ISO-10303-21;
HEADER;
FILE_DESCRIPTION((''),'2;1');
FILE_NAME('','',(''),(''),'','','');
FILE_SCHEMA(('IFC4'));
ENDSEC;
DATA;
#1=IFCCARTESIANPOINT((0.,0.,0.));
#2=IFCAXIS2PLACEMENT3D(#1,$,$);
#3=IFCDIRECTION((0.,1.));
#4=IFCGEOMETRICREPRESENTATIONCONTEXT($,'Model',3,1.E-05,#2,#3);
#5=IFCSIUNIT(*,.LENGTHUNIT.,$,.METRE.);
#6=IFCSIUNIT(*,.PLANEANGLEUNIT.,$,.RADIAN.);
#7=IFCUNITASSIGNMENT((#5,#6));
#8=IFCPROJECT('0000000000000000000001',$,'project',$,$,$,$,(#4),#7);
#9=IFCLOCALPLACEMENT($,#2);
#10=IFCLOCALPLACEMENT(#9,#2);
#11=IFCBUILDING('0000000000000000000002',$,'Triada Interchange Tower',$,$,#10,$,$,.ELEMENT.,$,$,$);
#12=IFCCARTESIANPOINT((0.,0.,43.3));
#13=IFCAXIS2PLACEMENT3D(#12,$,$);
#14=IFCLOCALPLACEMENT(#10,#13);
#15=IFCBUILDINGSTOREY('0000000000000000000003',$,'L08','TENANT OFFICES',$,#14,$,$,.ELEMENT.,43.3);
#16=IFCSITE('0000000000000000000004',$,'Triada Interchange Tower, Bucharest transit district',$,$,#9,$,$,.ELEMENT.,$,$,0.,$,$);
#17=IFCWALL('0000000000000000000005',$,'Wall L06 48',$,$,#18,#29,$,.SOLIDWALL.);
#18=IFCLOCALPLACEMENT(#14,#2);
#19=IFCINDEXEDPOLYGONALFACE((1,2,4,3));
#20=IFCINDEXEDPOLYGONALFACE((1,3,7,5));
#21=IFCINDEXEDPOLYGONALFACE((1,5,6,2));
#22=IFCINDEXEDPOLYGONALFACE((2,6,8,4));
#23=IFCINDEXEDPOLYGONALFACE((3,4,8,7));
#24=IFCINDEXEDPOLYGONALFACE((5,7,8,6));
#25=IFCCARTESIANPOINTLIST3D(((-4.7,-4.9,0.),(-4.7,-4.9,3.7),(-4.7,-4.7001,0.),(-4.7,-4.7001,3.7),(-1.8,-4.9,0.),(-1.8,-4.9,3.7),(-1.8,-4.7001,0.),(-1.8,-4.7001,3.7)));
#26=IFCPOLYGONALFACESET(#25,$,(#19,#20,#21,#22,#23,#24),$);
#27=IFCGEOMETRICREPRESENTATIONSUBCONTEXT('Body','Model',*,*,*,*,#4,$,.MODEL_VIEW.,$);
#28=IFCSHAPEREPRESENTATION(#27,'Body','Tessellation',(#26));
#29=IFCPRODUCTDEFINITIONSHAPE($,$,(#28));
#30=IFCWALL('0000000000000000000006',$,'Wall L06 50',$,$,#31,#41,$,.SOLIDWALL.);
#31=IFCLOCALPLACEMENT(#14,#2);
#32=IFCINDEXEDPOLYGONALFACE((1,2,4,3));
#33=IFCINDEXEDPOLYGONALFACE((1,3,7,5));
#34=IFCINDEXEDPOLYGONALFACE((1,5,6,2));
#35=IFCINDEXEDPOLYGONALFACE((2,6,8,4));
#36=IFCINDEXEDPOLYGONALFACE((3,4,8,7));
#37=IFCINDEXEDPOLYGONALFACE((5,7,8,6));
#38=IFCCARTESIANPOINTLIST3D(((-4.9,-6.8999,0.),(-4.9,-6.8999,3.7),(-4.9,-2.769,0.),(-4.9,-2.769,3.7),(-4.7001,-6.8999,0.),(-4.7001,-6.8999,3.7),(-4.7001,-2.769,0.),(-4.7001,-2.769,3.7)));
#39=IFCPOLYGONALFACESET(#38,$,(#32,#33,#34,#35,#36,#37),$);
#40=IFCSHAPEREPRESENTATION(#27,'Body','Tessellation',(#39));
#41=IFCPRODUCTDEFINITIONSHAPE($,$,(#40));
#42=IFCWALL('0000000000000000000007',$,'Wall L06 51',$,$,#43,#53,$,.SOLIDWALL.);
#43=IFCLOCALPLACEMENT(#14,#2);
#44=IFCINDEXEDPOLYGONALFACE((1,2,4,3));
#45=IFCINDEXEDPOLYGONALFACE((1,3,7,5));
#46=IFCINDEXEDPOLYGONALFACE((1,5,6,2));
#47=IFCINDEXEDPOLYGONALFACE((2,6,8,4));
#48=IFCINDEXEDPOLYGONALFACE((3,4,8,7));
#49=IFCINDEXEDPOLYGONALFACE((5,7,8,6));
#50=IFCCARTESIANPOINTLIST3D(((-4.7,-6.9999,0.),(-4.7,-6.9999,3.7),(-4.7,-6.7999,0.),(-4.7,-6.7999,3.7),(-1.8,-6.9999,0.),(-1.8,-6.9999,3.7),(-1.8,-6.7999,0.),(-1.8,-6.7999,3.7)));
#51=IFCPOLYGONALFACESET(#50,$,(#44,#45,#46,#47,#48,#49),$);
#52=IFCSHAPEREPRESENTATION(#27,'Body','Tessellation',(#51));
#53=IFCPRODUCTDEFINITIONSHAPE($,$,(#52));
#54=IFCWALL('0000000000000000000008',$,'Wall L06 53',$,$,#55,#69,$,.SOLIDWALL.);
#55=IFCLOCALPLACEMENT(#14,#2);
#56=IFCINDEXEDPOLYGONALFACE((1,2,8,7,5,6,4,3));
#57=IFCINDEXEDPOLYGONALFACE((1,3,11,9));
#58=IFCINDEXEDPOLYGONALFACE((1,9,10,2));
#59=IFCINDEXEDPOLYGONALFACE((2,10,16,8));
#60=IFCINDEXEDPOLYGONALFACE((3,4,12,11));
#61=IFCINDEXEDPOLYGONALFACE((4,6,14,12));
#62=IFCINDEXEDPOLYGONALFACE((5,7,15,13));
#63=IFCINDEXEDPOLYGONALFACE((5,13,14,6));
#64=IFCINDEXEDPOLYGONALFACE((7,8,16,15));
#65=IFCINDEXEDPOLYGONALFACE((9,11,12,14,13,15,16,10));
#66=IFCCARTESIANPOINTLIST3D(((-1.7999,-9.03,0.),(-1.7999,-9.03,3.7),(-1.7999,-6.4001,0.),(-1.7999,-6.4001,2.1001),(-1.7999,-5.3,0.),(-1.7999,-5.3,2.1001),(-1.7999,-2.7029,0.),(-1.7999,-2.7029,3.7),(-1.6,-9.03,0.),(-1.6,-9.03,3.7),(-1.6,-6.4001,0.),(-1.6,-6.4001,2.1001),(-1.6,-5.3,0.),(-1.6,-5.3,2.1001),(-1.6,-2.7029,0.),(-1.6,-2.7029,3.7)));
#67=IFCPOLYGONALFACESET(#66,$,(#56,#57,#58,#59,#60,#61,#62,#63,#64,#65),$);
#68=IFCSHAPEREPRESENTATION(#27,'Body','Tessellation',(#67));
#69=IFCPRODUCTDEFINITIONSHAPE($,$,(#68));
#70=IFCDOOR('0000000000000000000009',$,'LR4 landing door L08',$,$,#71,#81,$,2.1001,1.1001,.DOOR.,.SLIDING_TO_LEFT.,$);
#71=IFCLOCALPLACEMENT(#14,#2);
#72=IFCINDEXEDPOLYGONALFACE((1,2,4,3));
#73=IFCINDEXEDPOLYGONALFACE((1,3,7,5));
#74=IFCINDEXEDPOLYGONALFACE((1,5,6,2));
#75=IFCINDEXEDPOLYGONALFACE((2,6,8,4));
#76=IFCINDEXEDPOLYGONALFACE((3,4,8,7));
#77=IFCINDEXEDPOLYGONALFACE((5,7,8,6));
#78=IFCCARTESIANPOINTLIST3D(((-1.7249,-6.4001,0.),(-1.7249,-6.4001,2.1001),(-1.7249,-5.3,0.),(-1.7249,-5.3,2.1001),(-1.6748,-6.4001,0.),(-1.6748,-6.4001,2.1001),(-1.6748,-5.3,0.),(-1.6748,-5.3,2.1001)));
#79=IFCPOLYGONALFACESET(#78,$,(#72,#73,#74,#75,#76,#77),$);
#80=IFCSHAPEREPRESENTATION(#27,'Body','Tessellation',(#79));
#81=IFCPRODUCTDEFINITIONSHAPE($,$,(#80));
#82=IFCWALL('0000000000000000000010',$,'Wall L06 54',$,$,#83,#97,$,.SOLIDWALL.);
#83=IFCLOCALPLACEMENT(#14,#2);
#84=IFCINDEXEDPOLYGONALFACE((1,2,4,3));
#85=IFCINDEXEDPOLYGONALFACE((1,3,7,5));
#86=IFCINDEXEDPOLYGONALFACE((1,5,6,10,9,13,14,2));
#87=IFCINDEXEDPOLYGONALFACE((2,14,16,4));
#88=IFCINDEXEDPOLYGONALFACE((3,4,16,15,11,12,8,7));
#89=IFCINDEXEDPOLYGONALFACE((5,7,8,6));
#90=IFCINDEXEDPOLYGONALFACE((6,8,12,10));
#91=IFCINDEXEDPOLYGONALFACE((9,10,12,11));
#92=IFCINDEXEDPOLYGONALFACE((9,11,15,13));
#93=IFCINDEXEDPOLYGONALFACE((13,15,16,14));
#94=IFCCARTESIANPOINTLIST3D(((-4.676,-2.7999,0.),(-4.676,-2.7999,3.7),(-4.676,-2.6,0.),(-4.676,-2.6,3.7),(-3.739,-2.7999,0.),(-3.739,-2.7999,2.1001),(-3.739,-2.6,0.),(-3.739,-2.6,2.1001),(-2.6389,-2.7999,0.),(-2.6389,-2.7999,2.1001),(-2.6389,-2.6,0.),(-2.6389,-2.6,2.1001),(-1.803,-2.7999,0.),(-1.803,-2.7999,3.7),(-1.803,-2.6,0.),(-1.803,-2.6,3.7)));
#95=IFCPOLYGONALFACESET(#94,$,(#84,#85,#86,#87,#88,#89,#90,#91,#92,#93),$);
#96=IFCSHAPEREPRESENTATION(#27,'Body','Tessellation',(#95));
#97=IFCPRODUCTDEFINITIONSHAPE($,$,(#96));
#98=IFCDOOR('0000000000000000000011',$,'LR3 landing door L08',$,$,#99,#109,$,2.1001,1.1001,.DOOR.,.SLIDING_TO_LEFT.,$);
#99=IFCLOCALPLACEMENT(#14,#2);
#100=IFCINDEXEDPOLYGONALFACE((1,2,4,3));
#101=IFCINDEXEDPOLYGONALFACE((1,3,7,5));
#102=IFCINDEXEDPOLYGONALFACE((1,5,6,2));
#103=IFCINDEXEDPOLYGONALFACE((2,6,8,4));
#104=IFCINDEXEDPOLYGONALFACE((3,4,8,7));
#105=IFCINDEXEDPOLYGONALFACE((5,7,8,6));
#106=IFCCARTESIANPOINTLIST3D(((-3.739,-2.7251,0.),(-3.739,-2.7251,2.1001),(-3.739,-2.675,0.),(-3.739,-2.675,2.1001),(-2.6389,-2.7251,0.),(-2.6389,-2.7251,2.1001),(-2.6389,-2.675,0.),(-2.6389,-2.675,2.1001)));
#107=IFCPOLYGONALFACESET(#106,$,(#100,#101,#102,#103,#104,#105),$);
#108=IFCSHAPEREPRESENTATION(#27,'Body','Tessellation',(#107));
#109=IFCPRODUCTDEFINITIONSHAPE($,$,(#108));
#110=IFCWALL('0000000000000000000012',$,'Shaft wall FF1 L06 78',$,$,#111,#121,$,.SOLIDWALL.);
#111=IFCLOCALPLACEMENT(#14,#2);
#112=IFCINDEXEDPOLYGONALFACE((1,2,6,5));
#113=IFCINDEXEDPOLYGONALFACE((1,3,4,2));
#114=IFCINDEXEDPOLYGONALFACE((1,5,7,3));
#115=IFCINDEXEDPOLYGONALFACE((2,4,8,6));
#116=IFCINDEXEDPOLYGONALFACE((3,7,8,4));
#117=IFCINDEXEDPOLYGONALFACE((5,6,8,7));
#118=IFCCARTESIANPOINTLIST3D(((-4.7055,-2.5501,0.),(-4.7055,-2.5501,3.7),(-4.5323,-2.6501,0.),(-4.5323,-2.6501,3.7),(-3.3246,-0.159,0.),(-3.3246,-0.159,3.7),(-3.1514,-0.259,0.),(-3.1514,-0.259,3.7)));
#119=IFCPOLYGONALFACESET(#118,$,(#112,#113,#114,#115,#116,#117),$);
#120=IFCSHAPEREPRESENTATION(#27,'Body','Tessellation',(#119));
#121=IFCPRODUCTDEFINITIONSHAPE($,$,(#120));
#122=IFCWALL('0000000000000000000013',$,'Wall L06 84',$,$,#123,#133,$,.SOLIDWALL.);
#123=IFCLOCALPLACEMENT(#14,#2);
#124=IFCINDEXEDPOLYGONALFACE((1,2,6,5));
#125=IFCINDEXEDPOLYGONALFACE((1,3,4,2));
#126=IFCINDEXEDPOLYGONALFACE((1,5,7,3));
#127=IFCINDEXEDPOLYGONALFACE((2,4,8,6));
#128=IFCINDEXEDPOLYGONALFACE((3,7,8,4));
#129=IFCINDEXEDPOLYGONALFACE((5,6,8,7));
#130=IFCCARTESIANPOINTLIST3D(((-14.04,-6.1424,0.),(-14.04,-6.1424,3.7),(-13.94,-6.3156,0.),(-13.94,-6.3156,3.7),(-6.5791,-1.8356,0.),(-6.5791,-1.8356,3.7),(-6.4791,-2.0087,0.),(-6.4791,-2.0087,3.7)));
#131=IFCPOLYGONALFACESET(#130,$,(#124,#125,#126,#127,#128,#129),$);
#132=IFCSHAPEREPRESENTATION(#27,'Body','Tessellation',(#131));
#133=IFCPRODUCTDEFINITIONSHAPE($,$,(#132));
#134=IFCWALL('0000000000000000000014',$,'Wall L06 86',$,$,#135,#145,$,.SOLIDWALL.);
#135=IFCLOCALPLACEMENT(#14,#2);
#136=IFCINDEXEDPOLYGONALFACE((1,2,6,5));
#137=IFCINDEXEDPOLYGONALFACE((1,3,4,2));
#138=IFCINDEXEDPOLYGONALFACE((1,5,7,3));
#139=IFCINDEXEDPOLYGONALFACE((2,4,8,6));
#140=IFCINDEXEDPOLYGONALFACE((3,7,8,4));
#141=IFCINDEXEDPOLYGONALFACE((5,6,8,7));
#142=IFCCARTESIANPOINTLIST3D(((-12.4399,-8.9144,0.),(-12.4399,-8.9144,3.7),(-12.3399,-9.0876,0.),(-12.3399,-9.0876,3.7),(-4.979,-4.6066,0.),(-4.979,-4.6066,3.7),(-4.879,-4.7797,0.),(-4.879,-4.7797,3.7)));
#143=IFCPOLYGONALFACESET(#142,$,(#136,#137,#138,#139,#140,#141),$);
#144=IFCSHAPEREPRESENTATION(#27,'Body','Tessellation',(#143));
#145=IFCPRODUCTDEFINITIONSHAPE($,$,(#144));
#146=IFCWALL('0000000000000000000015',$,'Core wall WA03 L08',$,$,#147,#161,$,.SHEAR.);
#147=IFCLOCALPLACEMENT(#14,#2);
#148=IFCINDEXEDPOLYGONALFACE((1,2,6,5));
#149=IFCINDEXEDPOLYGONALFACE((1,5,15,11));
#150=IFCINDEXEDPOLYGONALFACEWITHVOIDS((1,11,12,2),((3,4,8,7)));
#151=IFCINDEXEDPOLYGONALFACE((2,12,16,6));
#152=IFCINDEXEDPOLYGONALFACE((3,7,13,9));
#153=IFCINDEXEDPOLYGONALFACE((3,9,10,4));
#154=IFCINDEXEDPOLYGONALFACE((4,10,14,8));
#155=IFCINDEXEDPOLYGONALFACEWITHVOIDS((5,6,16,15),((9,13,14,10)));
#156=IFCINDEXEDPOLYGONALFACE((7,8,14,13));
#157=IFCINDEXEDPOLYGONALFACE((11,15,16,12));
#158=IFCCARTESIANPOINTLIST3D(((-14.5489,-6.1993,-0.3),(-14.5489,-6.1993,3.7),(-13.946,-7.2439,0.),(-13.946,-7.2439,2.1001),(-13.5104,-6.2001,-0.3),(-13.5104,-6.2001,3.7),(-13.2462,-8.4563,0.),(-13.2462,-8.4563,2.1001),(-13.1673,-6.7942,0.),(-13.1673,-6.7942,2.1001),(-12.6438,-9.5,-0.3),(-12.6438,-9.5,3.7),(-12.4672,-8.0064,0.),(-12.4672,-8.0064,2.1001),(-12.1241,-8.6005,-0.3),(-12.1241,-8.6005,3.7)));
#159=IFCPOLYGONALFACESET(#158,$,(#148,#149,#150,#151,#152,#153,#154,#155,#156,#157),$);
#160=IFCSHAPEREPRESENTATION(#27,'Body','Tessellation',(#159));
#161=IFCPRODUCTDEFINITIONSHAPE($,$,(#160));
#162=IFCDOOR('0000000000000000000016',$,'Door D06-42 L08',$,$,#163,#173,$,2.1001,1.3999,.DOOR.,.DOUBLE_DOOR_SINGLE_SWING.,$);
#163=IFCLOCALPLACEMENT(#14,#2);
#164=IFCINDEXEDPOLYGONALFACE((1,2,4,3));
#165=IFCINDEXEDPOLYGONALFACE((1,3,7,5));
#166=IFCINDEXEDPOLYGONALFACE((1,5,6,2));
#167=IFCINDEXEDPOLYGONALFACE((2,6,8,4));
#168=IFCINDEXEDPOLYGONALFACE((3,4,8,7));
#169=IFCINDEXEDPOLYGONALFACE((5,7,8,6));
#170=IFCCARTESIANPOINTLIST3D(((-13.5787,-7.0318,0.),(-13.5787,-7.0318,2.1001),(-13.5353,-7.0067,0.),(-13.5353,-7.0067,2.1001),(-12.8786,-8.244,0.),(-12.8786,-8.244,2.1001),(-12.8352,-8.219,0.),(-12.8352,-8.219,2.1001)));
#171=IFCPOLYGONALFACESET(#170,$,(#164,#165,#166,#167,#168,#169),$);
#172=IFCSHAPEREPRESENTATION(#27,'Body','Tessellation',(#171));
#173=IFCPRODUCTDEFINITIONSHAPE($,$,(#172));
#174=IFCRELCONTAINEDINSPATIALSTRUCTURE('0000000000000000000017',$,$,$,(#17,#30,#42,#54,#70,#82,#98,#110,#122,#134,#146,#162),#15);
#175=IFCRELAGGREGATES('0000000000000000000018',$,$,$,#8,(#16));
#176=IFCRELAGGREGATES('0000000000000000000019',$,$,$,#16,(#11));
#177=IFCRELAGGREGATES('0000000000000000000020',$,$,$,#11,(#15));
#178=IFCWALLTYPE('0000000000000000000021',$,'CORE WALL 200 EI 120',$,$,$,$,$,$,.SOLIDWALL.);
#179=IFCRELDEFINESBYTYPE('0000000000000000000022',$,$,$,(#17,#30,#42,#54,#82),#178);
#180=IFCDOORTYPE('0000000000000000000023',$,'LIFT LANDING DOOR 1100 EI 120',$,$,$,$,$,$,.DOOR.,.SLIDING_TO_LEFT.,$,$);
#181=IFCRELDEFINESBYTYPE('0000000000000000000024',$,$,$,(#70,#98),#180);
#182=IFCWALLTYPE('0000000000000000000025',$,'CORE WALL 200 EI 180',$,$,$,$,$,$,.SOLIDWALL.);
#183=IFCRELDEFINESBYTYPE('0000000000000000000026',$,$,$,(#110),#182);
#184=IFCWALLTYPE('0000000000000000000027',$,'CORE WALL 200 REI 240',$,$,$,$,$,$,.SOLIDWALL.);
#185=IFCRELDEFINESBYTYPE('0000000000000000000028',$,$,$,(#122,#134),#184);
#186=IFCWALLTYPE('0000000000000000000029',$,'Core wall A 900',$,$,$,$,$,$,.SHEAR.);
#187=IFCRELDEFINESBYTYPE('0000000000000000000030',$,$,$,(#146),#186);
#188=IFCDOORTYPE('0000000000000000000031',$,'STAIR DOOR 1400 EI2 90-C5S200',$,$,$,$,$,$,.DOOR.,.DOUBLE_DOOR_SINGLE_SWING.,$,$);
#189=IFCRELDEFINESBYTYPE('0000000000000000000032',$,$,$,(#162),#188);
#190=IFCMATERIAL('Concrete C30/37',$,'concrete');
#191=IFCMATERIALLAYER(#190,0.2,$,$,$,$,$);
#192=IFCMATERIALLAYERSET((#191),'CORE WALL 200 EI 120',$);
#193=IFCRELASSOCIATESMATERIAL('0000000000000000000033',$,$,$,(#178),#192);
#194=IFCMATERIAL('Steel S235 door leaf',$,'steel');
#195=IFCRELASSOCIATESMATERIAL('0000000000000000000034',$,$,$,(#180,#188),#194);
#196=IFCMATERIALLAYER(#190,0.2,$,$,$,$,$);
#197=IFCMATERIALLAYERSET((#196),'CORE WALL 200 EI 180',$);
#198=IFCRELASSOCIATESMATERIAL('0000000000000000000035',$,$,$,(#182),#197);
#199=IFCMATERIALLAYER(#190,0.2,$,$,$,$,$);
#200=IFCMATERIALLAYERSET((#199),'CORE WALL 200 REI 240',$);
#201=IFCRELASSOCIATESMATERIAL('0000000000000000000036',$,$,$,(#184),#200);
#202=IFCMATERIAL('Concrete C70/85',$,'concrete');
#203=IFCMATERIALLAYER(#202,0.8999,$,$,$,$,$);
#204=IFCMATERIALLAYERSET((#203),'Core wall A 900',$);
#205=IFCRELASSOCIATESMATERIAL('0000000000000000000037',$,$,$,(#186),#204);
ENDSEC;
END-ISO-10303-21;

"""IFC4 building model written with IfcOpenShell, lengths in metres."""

from ifc_helpers import new_model, si_unit, direction, frame, frame_2d, origin, place, context, subcontext, project, spatial, polyline, rectangle, outline, extrude, material, layer, layer_set, type_object, element, fill, save


model = new_model("IFC4")

# Units and contexts
model_context = context("Model", 3, precision=1e-05, world=origin(), true_north=direction((0.0, 1.0)))
body_context = subcontext(model_context, "Body", "Model", "MODEL_VIEW")
ifc_project = project(units=[si_unit("LENGTHUNIT", "METRE"), si_unit("PLANEANGLEUNIT", "RADIAN")], contexts=[model_context])

# Site, building, storey
site_placement = place(None, origin())
site = spatial("IfcSite", under=ifc_project, at=site_placement, Name="Triada Interchange Tower, Bucharest transit district", CompositionType="ELEMENT", RefElevation=0.0)
building_placement = place(site_placement, origin())
building = spatial("IfcBuilding", under=site, at=building_placement, Name="Triada Interchange Tower", CompositionType="ELEMENT")
storey_placement = place(building_placement, frame((0.0, 0.0, 43.3)))
storey = spatial("IfcBuildingStorey", under=building, at=storey_placement, Name="L08", Description="TENANT OFFICES", CompositionType="ELEMENT", Elevation=43.3)

# Walls
ifc_material_1 = material(Name="Concrete C30/37", Category="concrete")
ifc_layer_1 = layer(ifc_material_1, 0.2)
ifc_layer_set_1 = layer_set([ifc_layer_1], Name="CORE WALL 200 EI 120")
wall_type_1 = type_object("IfcWallType", Name="CORE WALL 200 EI 120", PredefinedType="SOLIDWALL", material=ifc_layer_set_1)
wall_1_placement = place(storey_placement, frame((-4.7, -4.8, 0.0), z_axis=(0.0, 0.0, 1.0), x_axis=(1.0, 0.0, 0.0)))
element("IfcWall", 1, at=wall_1_placement, inside=storey, type_object=wall_type_1, Name="Wall L06 48", PredefinedType="SOLIDWALL", context=body_context, shape_type="SweptSolid", body=[
    extrude(rectangle(XDim=2.8999, YDim=0.2, at=frame_2d((1.45, 0.0))), origin(), (0.0, 0.0, 1.0), 3.7),
])
wall_2_placement = place(storey_placement, frame((-4.8, -6.8999, 0.0), z_axis=(0.0, 0.0, 1.0), x_axis=(0.0, 1.0, 0.0)))
element("IfcWall", 2, at=wall_2_placement, inside=storey, type_object=wall_type_1, Name="Wall L06 50", PredefinedType="SOLIDWALL", context=body_context, shape_type="SweptSolid", body=[
    extrude(rectangle(XDim=4.1309, YDim=0.2, at=frame_2d((2.0654, 0.0))), origin(), (0.0, 0.0, 1.0), 3.7),
])
wall_3_placement = place(storey_placement, frame((-4.7, -6.8999, 0.0), z_axis=(0.0, 0.0, 1.0), x_axis=(1.0, 0.0, 0.0)))
element("IfcWall", 3, at=wall_3_placement, inside=storey, type_object=wall_type_1, Name="Wall L06 51", PredefinedType="SOLIDWALL", context=body_context, shape_type="SweptSolid", body=[
    extrude(rectangle(XDim=2.8999, YDim=0.2, at=frame_2d((1.45, 0.0))), origin(), (0.0, 0.0, 1.0), 3.7),
])

# Walls, openings, doors
wall_4_placement = place(storey_placement, frame((-1.7, -9.03, 0.0), z_axis=(0.0, 0.0, 1.0), x_axis=(0.0, 1.0, 0.0)))
wall_4 = element("IfcWall", 4, at=wall_4_placement, inside=storey, type_object=wall_type_1, Name="Wall L06 53", PredefinedType="SOLIDWALL", context=body_context, shape_type="SweptSolid", body=[
    extrude(rectangle(XDim=6.3271, YDim=0.2, at=frame_2d((3.1636, 0.0))), origin(), (0.0, 0.0, 1.0), 3.7),
])
opening_1_placement = place(wall_4_placement, frame((2.6299, 0.0, 0.0)))
opening_1 = element("IfcOpeningElement", 5, at=opening_1_placement, cuts=wall_4, PredefinedType="OPENING", context=body_context, shape_type="SweptSolid", body=[
    extrude(rectangle(XDim=1.1001, YDim=2.1001, at=frame_2d((0.55, 1.05))), frame((0.0, 0.1099, 0.0), z_axis=(0.0, -1.0, 0.0), x_axis=(1.0, 0.0, 0.0)), (0.0, 0.0, 1.0), 0.22),
])
ifc_material_2 = material(Name="Steel S235 door leaf", Category="steel")
door_type_1 = type_object("IfcDoorType", Name="LIFT LANDING DOOR 1100 EI 120", OperationType="SLIDING_TO_LEFT", PredefinedType="DOOR", material=ifc_material_2)
door_1_placement = place(opening_1_placement, origin())
door_1 = element("IfcDoor", 6, at=door_1_placement, inside=storey, type_object=door_type_1, Name="LR4 landing door L08", OperationType="SLIDING_TO_LEFT", OverallHeight=2.1001, OverallWidth=1.1001, PredefinedType="DOOR", context=body_context, shape_type="SweptSolid", body=[
    extrude(rectangle(XDim=1.1001, YDim=2.1001, at=frame_2d((0.55, 1.05))), frame((0.0, 0.0249, 0.0), z_axis=(0.0, -1.0, 0.0), x_axis=(1.0, 0.0, 0.0)), (0.0, 0.0, 1.0), 0.05),
])
fill(opening_1, door_1)
wall_5_placement = place(storey_placement, frame((-4.676, -2.7, 0.0), z_axis=(0.0, 0.0, 1.0), x_axis=(1.0, 0.0, 0.0)))
wall_5 = element("IfcWall", 7, at=wall_5_placement, inside=storey, type_object=wall_type_1, Name="Wall L06 54", PredefinedType="SOLIDWALL", context=body_context, shape_type="SweptSolid", body=[
    extrude(rectangle(XDim=2.873, YDim=0.2, at=frame_2d((1.4365, 0.0))), origin(), (0.0, 0.0, 1.0), 3.7),
])
opening_2_placement = place(wall_5_placement, frame((0.937, 0.0, 0.0)))
opening_2 = element("IfcOpeningElement", 8, at=opening_2_placement, cuts=wall_5, PredefinedType="OPENING", context=body_context, shape_type="SweptSolid", body=[
    extrude(rectangle(XDim=1.1001, YDim=2.1001, at=frame_2d((0.55, 1.05))), frame((0.0, 0.1099, 0.0), z_axis=(0.0, -1.0, 0.0), x_axis=(1.0, 0.0, 0.0)), (0.0, 0.0, 1.0), 0.22),
])
door_2_placement = place(opening_2_placement, origin())
door_2 = element("IfcDoor", 9, at=door_2_placement, inside=storey, type_object=door_type_1, Name="LR3 landing door L08", OperationType="SLIDING_TO_LEFT", OverallHeight=2.1001, OverallWidth=1.1001, PredefinedType="DOOR", context=body_context, shape_type="SweptSolid", body=[
    extrude(rectangle(XDim=1.1001, YDim=2.1001, at=frame_2d((0.55, 1.05))), frame((0.0, 0.0249, 0.0), z_axis=(0.0, -1.0, 0.0), x_axis=(1.0, 0.0, 0.0)), (0.0, 0.0, 1.0), 0.05),
])
fill(opening_2, door_2)

# Walls
ifc_layer_2 = layer(ifc_material_1, 0.2)
ifc_layer_set_2 = layer_set([ifc_layer_2], Name="CORE WALL 200 EI 180")
wall_type_2 = type_object("IfcWallType", Name="CORE WALL 200 EI 180", PredefinedType="SOLIDWALL", material=ifc_layer_set_2)
wall_6_placement = place(storey_placement, frame((-4.6189, -2.6001, 0.0), z_axis=(0.0, 0.0, 1.0), x_axis=(0.500095, 0.865971, 0.0)))
element("IfcWall", 10, at=wall_6_placement, inside=storey, type_object=wall_type_2, Name="Shaft wall FF1 L06 78", PredefinedType="SOLIDWALL", context=body_context, shape_type="SweptSolid", body=[
    extrude(rectangle(XDim=2.7612, YDim=0.2, at=frame_2d((1.3806, 0.0))), origin(), (0.0, 0.0, 1.0), 3.7),
])
ifc_layer_3 = layer(ifc_material_1, 0.2)
ifc_layer_set_3 = layer_set([ifc_layer_3], Name="CORE WALL 200 REI 240")
wall_type_3 = type_object("IfcWallType", Name="CORE WALL 200 REI 240", PredefinedType="SOLIDWALL", material=ifc_layer_set_3)
wall_7_placement = place(storey_placement, frame((-13.99, -6.229, 0.0), z_axis=(0.0, 0.0, 1.0), x_axis=(0.86606, 0.49994, 0.0)))
element("IfcWall", 11, at=wall_7_placement, inside=storey, type_object=wall_type_3, Name="Wall L06 84", PredefinedType="SOLIDWALL", context=body_context, shape_type="SweptSolid", body=[
    extrude(rectangle(XDim=8.6147, YDim=0.2, at=frame_2d((4.3074, 0.0))), origin(), (0.0, 0.0, 1.0), 3.7),
])
wall_8_placement = place(storey_placement, frame((-12.3899, -9.001, 0.0), z_axis=(0.0, 0.0, 1.0), x_axis=(0.866011, 0.500025, 0.0)))
element("IfcWall", 12, at=wall_8_placement, inside=storey, type_object=wall_type_3, Name="Wall L06 86", PredefinedType="SOLIDWALL", context=body_context, shape_type="SweptSolid", body=[
    extrude(rectangle(XDim=8.6152, YDim=0.2, at=frame_2d((4.3076, 0.0))), origin(), (0.0, 0.0, 1.0), 3.7),
])

# Wall, opening, door
ifc_material_3 = material(Name="Concrete C70/85", Category="concrete")
ifc_layer_4 = layer(ifc_material_3, 0.8999)
ifc_layer_set_4 = layer_set([ifc_layer_4], Name="Core wall A 900")
wall_type_4 = type_object("IfcWallType", Name="Core wall A 900", PredefinedType="SHEAR", material=ifc_layer_set_4)
wall_9_placement = place(storey_placement, frame((-14.03, -6.2, -0.3), z_axis=(0.0, 0.0, 1.0), x_axis=(0.500112, -0.865961, 0.0)))
wall_9 = element("IfcWall", 13, at=wall_9_placement, inside=storey, type_object=wall_type_4, Name="Core wall WA03 L08", PredefinedType="SHEAR", context=body_context, shape_type="SweptSolid", body=[
    extrude(outline(polyline([(-0.26, -0.449), (1.6455, -0.4495), (3.551, -0.45), (3.032, 0.45), (1.646, 0.45), (0.26, 0.45), (-0.26, -0.449)])), origin(), (0.0, 0.0, 1.0), 4.0),
])
opening_3_placement = place(wall_9_placement, frame((0.946, 0.0, 0.3)))
opening_3 = element("IfcOpeningElement", 14, at=opening_3_placement, cuts=wall_9, PredefinedType="OPENING", context=body_context, shape_type="SweptSolid", body=[
    extrude(rectangle(XDim=1.3999, YDim=2.1001, at=frame_2d((0.7, 1.05))), frame((0.0, 0.46, 0.0), z_axis=(0.0, -1.0, 0.0), x_axis=(1.0, 0.0, 0.0)), (0.0, 0.0, 1.0), 0.9199),
])
door_type_2 = type_object("IfcDoorType", Name="STAIR DOOR 1400 EI2 90-C5S200", OperationType="DOUBLE_DOOR_SINGLE_SWING", PredefinedType="DOOR", material=ifc_material_2)
door_3_placement = place(opening_3_placement, origin())
door_3 = element("IfcDoor", 15, at=door_3_placement, inside=storey, type_object=door_type_2, Name="Door D06-42 L08", OperationType="DOUBLE_DOOR_SINGLE_SWING", OverallHeight=2.1001, OverallWidth=1.3999, PredefinedType="DOOR", context=body_context, shape_type="SweptSolid", body=[
    extrude(rectangle(XDim=1.3999, YDim=2.1001, at=frame_2d((0.7, 1.05))), frame((0.0, 0.0249, 0.0), z_axis=(0.0, -1.0, 0.0), x_axis=(1.0, 0.0, 0.0)), (0.0, 0.0, 1.0), 0.05),
])
fill(opening_3, door_3)

save(model, "model.ifc")
